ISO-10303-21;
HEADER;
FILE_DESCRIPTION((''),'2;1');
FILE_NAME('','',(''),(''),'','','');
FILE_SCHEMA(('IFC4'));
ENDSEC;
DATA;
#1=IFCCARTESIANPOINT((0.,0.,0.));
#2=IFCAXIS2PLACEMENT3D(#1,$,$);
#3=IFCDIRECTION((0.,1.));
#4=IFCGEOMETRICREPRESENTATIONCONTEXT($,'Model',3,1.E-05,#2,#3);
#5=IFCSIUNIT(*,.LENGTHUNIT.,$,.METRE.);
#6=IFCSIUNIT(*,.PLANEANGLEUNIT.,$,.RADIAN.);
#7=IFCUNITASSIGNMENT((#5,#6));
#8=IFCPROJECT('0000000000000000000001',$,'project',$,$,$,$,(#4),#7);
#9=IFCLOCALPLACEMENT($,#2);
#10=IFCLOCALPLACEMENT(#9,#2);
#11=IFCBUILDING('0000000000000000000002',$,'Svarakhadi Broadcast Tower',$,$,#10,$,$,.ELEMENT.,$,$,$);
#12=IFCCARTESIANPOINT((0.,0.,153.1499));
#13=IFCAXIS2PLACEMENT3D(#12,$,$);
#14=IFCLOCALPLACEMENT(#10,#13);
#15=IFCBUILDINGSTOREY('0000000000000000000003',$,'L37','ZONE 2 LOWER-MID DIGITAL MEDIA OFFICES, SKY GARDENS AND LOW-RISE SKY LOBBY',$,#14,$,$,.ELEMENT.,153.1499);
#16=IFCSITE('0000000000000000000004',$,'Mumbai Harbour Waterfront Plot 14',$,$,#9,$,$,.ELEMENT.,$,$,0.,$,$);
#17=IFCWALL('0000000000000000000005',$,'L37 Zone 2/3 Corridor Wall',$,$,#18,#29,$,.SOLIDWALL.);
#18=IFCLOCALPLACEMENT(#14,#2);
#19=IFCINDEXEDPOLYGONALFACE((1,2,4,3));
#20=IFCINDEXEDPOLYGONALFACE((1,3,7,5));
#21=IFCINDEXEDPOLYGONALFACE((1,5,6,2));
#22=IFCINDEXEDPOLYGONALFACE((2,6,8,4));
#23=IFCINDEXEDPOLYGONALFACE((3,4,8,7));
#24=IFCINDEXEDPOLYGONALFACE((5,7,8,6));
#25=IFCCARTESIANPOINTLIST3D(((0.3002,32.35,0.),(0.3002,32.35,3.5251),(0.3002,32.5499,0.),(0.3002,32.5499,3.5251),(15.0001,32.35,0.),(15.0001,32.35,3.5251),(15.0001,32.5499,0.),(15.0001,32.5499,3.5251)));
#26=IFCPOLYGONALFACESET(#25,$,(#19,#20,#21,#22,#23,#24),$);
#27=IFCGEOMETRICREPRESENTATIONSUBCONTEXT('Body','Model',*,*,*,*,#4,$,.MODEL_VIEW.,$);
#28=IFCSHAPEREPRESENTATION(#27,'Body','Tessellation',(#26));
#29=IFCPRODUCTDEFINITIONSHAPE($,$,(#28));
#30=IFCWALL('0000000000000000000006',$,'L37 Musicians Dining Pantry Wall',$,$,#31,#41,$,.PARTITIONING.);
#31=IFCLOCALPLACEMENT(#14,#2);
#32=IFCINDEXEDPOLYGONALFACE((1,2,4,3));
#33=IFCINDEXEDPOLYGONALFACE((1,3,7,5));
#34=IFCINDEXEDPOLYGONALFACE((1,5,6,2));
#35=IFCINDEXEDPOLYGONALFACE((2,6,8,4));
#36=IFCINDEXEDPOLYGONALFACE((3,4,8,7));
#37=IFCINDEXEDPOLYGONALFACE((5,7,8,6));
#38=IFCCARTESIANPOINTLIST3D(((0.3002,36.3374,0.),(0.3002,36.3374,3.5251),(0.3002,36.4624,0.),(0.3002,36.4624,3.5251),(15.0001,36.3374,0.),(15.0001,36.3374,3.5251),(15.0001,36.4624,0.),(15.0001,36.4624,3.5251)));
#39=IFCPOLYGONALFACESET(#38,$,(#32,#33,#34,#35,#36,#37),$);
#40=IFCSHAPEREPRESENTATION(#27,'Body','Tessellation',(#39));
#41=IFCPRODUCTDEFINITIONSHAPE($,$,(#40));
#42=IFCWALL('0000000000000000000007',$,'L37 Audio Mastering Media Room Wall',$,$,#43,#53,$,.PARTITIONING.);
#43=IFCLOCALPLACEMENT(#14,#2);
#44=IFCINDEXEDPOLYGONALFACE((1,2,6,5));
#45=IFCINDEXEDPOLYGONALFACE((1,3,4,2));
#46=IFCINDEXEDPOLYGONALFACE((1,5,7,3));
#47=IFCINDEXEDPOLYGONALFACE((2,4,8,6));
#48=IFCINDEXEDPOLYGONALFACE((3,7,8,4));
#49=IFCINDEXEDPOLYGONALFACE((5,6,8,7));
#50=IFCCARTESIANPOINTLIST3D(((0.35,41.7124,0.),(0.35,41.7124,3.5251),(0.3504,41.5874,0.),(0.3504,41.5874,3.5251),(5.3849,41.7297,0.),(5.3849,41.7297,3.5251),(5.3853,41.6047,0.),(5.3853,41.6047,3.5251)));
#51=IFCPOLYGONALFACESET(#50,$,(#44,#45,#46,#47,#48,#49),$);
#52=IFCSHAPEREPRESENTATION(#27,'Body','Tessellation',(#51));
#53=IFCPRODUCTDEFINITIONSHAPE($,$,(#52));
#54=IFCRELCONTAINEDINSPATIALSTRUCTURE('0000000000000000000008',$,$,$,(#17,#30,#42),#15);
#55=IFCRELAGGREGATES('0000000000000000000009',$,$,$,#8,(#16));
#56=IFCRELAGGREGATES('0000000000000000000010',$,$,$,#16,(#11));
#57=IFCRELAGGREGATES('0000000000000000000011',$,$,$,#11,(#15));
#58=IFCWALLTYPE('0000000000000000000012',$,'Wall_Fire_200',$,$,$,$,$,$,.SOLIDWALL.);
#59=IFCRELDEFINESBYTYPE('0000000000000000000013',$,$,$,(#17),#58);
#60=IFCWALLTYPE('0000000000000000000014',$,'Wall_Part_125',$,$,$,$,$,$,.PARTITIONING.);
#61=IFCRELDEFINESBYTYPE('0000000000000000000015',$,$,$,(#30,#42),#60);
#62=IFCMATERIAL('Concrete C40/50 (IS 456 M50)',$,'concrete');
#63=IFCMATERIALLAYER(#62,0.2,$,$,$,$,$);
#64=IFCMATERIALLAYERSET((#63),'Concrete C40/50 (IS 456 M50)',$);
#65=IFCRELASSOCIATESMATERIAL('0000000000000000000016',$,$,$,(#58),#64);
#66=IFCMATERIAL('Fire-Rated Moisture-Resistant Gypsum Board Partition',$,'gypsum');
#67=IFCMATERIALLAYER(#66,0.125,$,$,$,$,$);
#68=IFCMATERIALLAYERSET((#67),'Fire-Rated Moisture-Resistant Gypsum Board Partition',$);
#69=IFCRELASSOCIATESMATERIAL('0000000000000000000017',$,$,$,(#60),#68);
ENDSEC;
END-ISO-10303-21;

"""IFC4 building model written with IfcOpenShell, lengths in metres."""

from ifc_helpers import new_model, si_unit, direction, frame, frame_2d, origin, place, context, subcontext, project, spatial, rectangle, extrude, material, layer, layer_set, type_object, element, save


model = new_model("IFC4")

# Units and contexts
model_context = context("Model", 3, precision=1e-05, world=origin(), true_north=direction((0.0, 1.0)))
body_context = subcontext(model_context, "Body", "Model", "MODEL_VIEW")
ifc_project = project(units=[si_unit("LENGTHUNIT", "METRE"), si_unit("PLANEANGLEUNIT", "RADIAN")], contexts=[model_context])

# Site, building, storey
site_placement = place(None, origin())
site = spatial("IfcSite", under=ifc_project, at=site_placement, Name="Mumbai Harbour Waterfront Plot 14", CompositionType="ELEMENT", RefElevation=0.0)
building_placement = place(site_placement, origin())
building = spatial("IfcBuilding", under=site, at=building_placement, Name="Svarakhadi Broadcast Tower", CompositionType="ELEMENT")
storey_placement = place(building_placement, frame((0.0, 0.0, 153.1499)))
storey = spatial("IfcBuildingStorey", under=building, at=storey_placement, Name="L37", Description="ZONE 2 LOWER-MID DIGITAL MEDIA OFFICES, SKY GARDENS AND LOW-RISE SKY LOBBY", CompositionType="ELEMENT", Elevation=153.1499)

# Walls
ifc_material_1 = material(Name="Concrete C40/50 (IS 456 M50)", Category="concrete")
ifc_layer_1 = layer(ifc_material_1, 0.2)
ifc_layer_set_1 = layer_set([ifc_layer_1], Name="Concrete C40/50 (IS 456 M50)")
wall_type_1 = type_object("IfcWallType", Name="Wall_Fire_200", PredefinedType="SOLIDWALL", material=ifc_layer_set_1)
wall_1_placement = place(storey_placement, frame((0.3, 32.45, 0.0), z_axis=(0.0, 0.0, 1.0), x_axis=(1.0, 0.0, 0.0)))
element("IfcWall", 1, at=wall_1_placement, inside=storey, type_object=wall_type_1, Name="L37 Zone 2/3 Corridor Wall", PredefinedType="SOLIDWALL", context=body_context, shape_type="SweptSolid", body=[
    extrude(rectangle(XDim=14.7, YDim=0.2, at=frame_2d((7.3501, 0.0))), origin(), (0.0, 0.0, 1.0), 3.5251),
])
ifc_material_2 = material(Name="Fire-Rated Moisture-Resistant Gypsum Board Partition", Category="gypsum")
ifc_layer_2 = layer(ifc_material_2, 0.125)
ifc_layer_set_2 = layer_set([ifc_layer_2], Name="Fire-Rated Moisture-Resistant Gypsum Board Partition")
wall_type_2 = type_object("IfcWallType", Name="Wall_Part_125", PredefinedType="PARTITIONING", material=ifc_layer_set_2)
wall_2_placement = place(storey_placement, frame((0.3, 36.3999, 0.0), z_axis=(0.0, 0.0, 1.0), x_axis=(1.0, 0.0, 0.0)))
element("IfcWall", 2, at=wall_2_placement, inside=storey, type_object=wall_type_2, Name="L37 Musicians Dining Pantry Wall", PredefinedType="PARTITIONING", context=body_context, shape_type="SweptSolid", body=[
    extrude(rectangle(XDim=14.7, YDim=0.125, at=frame_2d((7.3501, 0.0))), origin(), (0.0, 0.0, 1.0), 3.5251),
])
wall_3_placement = place(storey_placement, frame((0.3501, 41.6499, 0.0), z_axis=(0.0, 0.0, 1.0), x_axis=(0.999994, 0.003443, 0.0)))
element("IfcWall", 3, at=wall_3_placement, inside=storey, type_object=wall_type_2, Name="L37 Audio Mastering Media Room Wall", PredefinedType="PARTITIONING", context=body_context, shape_type="SweptSolid", body=[
    extrude(rectangle(XDim=5.0349, YDim=0.125, at=frame_2d((2.5176, 0.0))), origin(), (0.0, 0.0, 1.0), 3.5251),
])

save(model, "model.ifc")
